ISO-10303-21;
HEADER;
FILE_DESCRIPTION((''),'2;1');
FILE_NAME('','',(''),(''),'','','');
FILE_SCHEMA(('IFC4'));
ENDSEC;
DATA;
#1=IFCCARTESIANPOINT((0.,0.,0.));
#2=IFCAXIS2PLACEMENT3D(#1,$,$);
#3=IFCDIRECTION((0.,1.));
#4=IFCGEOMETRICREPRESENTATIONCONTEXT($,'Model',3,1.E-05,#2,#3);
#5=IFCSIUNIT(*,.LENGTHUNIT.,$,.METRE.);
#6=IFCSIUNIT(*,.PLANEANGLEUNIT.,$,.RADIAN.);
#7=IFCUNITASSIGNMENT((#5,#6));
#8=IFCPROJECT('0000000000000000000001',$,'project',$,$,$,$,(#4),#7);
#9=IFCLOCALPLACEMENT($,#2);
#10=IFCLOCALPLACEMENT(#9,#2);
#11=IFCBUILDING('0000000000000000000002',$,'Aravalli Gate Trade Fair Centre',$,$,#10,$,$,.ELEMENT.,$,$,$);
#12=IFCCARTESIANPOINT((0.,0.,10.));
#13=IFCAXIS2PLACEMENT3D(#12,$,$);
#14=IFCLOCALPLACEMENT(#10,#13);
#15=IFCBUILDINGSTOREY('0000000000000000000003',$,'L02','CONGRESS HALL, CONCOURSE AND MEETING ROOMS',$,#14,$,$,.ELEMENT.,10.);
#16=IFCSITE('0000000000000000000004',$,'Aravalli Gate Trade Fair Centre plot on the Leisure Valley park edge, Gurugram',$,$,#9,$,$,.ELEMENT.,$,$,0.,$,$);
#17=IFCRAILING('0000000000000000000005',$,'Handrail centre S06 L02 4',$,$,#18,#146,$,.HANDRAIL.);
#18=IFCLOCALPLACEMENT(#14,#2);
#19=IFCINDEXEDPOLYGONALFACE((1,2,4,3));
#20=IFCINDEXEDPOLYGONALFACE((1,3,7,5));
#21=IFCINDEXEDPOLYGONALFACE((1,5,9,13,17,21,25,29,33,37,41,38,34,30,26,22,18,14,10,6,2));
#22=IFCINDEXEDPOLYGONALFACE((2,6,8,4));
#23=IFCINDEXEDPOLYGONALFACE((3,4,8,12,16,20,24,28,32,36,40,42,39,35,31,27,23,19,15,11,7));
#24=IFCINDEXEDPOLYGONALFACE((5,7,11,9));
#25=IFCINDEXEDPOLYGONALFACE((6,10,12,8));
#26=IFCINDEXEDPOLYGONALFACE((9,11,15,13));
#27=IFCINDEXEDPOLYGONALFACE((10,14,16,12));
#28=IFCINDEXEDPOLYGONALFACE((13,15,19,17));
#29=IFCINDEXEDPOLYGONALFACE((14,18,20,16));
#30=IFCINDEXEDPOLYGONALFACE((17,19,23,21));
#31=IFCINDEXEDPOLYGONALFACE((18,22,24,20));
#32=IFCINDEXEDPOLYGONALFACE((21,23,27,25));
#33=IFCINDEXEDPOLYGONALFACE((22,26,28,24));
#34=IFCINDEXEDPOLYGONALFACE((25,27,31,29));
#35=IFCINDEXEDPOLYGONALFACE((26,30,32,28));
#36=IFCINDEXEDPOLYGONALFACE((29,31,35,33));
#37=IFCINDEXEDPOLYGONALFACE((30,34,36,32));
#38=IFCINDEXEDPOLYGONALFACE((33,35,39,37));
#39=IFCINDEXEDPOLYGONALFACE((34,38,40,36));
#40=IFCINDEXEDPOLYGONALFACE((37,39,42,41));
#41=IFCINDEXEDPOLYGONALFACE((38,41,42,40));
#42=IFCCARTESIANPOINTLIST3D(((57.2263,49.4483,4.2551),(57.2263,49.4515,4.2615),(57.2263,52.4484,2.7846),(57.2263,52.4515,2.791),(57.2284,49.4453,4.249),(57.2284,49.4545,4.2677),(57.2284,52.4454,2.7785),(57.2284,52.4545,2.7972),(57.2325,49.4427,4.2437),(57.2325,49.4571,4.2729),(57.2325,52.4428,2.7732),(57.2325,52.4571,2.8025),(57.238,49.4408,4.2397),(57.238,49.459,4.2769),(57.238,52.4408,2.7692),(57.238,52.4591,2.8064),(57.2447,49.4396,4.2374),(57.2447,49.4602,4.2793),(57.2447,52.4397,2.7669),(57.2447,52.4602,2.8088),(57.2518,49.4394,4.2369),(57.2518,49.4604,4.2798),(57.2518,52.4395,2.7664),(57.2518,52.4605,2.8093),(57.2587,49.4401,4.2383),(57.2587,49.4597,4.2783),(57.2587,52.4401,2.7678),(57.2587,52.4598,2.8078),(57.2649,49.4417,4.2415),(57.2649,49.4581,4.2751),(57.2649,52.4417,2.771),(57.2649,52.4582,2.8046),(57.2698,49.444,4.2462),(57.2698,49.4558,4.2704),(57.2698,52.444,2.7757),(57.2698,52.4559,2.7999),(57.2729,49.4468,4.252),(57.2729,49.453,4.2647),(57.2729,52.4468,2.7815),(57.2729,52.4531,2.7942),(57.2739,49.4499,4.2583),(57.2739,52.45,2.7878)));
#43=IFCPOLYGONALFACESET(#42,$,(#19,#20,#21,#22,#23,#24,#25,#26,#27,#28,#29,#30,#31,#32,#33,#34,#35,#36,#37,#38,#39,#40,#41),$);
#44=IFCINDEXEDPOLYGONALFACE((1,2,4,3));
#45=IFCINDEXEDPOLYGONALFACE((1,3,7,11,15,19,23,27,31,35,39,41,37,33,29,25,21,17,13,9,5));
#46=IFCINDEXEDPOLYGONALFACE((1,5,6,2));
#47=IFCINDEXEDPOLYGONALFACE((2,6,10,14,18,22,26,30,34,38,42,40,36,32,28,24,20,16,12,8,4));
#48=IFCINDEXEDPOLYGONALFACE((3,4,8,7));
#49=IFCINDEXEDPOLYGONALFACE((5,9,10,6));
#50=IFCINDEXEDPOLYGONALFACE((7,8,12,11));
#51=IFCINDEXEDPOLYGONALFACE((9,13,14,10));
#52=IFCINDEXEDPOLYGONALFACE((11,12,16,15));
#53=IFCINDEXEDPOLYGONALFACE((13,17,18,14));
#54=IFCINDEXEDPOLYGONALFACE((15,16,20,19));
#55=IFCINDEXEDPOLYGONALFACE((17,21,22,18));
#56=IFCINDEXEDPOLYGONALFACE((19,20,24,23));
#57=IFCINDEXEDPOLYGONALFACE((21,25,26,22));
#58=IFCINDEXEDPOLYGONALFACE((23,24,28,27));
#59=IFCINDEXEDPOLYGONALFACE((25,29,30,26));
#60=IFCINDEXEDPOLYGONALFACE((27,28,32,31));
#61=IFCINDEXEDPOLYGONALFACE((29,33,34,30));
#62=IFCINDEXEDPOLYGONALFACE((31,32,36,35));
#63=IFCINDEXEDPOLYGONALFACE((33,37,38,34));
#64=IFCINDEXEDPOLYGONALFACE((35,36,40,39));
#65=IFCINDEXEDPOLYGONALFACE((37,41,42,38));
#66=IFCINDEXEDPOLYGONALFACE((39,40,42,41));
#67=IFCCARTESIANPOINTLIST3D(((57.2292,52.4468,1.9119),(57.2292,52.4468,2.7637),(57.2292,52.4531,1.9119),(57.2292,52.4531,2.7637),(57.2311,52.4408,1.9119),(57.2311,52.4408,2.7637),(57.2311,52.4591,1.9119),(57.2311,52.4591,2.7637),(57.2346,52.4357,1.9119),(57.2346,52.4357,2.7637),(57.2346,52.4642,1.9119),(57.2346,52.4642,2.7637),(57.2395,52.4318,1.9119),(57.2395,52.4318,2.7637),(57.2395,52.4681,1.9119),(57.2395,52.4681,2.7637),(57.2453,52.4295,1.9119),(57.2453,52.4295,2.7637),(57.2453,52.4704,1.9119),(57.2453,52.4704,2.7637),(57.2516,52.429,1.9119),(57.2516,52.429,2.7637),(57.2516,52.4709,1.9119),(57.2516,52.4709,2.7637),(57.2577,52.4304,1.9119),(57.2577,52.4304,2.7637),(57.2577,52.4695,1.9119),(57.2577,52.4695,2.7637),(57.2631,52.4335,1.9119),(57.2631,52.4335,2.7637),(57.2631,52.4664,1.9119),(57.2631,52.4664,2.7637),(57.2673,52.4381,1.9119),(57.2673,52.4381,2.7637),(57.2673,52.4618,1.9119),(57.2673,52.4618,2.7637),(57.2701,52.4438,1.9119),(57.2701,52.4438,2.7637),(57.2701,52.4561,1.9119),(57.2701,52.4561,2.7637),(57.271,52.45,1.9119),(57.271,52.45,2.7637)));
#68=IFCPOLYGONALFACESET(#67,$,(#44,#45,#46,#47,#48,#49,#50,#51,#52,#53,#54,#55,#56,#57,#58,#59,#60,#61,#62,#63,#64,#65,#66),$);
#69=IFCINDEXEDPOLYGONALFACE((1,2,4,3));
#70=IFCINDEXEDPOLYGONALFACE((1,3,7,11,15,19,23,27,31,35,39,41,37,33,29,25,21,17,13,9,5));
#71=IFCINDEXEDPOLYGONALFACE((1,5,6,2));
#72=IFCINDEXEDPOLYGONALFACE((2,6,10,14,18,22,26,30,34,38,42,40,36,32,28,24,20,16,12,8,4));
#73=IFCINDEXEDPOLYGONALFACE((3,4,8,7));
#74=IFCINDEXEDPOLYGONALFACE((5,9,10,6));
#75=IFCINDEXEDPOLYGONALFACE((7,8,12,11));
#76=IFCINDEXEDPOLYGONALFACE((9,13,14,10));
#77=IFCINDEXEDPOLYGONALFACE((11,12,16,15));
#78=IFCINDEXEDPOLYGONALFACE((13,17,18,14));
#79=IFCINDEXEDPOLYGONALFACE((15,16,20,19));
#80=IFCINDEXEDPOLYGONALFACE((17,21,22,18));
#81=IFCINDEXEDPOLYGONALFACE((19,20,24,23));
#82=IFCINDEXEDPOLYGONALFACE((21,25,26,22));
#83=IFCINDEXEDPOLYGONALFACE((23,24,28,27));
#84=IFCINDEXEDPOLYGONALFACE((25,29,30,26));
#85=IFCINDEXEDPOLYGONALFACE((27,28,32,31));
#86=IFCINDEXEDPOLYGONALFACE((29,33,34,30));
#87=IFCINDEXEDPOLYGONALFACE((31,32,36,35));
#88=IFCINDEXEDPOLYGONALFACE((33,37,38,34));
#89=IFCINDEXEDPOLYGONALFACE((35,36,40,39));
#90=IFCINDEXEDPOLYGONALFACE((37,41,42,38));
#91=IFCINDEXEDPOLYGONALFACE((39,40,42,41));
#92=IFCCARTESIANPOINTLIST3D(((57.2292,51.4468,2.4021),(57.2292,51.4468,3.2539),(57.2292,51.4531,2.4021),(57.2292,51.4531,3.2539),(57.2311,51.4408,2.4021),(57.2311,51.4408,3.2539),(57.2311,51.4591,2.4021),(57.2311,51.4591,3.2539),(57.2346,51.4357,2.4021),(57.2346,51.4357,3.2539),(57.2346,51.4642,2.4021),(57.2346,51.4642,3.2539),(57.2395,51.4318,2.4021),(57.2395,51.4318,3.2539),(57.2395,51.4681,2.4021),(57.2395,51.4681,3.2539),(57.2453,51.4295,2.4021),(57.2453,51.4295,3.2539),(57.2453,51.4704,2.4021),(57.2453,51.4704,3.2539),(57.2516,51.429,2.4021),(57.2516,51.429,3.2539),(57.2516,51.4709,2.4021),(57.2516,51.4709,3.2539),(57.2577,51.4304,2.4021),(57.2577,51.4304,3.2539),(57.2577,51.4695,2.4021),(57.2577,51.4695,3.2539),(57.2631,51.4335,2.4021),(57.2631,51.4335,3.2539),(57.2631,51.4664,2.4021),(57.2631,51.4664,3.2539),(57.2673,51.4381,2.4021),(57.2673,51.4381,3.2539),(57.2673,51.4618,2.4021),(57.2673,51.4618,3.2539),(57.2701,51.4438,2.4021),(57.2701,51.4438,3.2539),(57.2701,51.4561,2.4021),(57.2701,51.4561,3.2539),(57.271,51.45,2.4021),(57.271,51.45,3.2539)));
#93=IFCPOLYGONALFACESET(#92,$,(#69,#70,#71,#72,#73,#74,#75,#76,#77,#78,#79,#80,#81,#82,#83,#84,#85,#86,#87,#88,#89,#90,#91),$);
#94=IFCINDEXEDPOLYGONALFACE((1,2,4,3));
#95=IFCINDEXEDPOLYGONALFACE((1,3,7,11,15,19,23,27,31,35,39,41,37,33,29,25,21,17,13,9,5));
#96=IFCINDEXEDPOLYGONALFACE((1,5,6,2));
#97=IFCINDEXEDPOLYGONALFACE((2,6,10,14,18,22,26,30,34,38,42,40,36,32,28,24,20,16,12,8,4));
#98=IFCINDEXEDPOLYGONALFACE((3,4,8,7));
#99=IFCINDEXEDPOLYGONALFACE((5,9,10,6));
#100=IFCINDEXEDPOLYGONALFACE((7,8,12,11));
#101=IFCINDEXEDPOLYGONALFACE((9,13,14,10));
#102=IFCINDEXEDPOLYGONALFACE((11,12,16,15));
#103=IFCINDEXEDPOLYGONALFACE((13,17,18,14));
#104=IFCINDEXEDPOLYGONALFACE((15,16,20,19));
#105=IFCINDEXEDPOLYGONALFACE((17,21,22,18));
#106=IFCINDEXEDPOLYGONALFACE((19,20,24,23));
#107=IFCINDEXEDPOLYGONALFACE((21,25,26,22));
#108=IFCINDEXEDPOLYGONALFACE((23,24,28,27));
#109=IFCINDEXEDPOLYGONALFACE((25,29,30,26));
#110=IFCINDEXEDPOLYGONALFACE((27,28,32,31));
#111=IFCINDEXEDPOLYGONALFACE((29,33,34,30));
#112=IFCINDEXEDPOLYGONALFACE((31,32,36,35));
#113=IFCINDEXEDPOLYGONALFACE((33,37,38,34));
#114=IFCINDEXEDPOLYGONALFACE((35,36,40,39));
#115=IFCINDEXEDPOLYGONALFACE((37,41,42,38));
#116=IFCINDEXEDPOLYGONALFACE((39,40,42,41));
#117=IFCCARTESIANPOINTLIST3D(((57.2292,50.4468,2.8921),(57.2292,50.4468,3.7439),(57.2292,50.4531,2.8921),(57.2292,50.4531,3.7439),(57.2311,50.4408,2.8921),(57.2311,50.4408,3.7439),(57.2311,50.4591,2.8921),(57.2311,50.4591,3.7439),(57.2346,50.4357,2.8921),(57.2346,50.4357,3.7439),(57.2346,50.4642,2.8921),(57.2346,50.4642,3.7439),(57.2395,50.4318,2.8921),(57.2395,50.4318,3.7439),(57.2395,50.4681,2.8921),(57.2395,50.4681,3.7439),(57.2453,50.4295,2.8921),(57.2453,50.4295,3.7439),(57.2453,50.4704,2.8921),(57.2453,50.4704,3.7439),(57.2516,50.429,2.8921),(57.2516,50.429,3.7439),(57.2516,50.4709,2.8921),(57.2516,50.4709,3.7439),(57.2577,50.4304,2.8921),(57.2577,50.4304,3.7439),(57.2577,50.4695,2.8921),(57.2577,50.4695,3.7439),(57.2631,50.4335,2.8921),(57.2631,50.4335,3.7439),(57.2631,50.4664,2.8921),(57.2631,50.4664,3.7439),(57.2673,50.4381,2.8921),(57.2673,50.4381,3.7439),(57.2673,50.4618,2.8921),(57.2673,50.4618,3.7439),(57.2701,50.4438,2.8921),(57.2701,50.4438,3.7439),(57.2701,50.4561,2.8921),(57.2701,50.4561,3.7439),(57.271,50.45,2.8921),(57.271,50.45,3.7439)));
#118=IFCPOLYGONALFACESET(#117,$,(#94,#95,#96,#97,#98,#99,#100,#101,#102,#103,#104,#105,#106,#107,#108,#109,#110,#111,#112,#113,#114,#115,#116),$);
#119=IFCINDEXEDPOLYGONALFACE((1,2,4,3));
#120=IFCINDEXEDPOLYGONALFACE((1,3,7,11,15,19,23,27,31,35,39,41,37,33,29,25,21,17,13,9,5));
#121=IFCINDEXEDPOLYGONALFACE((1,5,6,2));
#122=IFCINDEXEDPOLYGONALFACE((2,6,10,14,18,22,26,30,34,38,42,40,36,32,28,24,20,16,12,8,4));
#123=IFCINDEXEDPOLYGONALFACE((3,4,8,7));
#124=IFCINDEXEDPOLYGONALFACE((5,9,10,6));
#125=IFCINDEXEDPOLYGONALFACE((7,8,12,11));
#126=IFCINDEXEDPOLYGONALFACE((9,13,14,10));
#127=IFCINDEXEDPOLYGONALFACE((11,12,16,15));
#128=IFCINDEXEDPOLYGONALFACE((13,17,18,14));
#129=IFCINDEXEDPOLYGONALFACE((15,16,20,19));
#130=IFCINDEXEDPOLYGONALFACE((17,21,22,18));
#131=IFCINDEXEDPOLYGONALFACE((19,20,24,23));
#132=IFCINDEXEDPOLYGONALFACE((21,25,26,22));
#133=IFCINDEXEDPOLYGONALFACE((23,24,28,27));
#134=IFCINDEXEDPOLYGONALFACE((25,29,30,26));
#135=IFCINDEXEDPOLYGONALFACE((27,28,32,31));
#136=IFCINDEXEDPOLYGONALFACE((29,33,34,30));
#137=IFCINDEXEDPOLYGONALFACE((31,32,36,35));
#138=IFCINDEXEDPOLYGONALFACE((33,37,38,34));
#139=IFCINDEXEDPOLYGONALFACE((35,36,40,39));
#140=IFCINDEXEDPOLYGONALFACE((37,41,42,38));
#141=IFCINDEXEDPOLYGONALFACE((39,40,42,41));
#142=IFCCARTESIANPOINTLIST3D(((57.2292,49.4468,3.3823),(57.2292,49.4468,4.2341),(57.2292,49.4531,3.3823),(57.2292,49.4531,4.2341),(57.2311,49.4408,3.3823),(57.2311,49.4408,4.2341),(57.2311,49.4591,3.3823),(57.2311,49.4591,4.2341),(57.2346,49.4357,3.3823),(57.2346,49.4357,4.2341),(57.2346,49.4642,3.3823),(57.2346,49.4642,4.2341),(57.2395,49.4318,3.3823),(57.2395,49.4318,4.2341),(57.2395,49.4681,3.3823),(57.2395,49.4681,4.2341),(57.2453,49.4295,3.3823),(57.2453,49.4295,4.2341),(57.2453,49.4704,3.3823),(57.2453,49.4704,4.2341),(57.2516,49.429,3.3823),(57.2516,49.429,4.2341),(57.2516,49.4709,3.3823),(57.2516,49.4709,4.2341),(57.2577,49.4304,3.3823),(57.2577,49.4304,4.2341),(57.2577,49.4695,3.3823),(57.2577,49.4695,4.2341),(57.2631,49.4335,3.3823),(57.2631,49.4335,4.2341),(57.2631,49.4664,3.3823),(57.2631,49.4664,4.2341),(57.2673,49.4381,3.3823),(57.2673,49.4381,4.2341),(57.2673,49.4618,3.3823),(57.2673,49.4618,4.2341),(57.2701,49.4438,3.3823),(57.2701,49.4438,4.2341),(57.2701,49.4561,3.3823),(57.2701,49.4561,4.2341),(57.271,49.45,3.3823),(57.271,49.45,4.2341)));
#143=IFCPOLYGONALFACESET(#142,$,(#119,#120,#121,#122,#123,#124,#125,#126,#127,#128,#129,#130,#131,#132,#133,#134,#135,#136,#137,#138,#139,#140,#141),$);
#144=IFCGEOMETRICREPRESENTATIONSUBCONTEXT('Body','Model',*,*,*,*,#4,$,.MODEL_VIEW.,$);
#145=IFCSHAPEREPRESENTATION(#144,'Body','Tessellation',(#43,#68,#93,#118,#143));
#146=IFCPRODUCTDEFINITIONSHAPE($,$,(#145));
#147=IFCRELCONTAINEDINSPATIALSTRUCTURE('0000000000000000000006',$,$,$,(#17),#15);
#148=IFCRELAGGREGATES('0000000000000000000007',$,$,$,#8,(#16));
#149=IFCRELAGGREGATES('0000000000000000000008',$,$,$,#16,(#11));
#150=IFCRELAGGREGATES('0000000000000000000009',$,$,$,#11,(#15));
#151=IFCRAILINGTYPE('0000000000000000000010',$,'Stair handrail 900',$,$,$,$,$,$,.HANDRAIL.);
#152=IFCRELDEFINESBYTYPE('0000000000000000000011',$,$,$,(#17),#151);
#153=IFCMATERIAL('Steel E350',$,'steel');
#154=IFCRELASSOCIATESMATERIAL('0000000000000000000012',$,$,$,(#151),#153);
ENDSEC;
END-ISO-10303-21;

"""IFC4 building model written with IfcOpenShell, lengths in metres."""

from ifc_helpers import new_model, si_unit, direction, frame, origin, origin_2d, place, context, subcontext, project, spatial, circle, extrude, material, type_object, element, save


model = new_model("IFC4")

# Units and contexts
model_context = context("Model", 3, precision=1e-05, world=origin(), true_north=direction((0.0, 1.0)))
body_context = subcontext(model_context, "Body", "Model", "MODEL_VIEW")
ifc_project = project(units=[si_unit("LENGTHUNIT", "METRE"), si_unit("PLANEANGLEUNIT", "RADIAN")], contexts=[model_context])

# Site, building, storey
site_placement = place(None, origin())
site = spatial("IfcSite", under=ifc_project, at=site_placement, Name="Aravalli Gate Trade Fair Centre plot on the Leisure Valley park edge, Gurugram", CompositionType="ELEMENT", RefElevation=0.0)
building_placement = place(site_placement, origin())
building = spatial("IfcBuilding", under=site, at=building_placement, Name="Aravalli Gate Trade Fair Centre", CompositionType="ELEMENT")
storey_placement = place(building_placement, frame((0.0, 0.0, 10.0)))
storey = spatial("IfcBuildingStorey", under=building, at=storey_placement, Name="L02", Description="CONGRESS HALL, CONCOURSE AND MEETING ROOMS", CompositionType="ELEMENT", Elevation=10.0)

# Shared definitions
ifc_material_1 = material(Name="Steel E350", Category="steel")

# Railing
railing_type_1 = type_object("IfcRailingType", Name="Stair handrail 900", PredefinedType="HANDRAIL", material=ifc_material_1)
for number, where, name in (
    (1, (57.25, 52.45, 1.9119), "Handrail centre S06 L02 4"),
):
    element("IfcRailing", number, at=place(storey_placement, frame(where)), inside=storey, type_object=railing_type_1, Name=name, PredefinedType="HANDRAIL", context=body_context, shape_type="SweptSolid", body=[
        extrude(circle(Radius=0.0239, at=origin_2d()), frame((0.0, 0.0, 0.876), z_axis=(0.0, -0.897936, 0.440126), x_axis=(1.0, 0.0, 0.0)), (0.0, 0.0, 1.0), 3.3411),
        extrude(circle(Radius=0.021, at=origin_2d()), origin(), (0.0, 0.0, 1.0), 0.8518),
        extrude(circle(Radius=0.021, at=origin_2d()), frame((0.0, -1.0, 0.4902)), (0.0, 0.0, 1.0), 0.8518),
        extrude(circle(Radius=0.021, at=origin_2d()), frame((0.0, -2.0, 0.9802)), (0.0, 0.0, 1.0), 0.8518),
        extrude(circle(Radius=0.021, at=origin_2d()), frame((0.0, -3.0, 1.4705)), (0.0, 0.0, 1.0), 0.8518),
    ])

save(model, "model.ifc")
